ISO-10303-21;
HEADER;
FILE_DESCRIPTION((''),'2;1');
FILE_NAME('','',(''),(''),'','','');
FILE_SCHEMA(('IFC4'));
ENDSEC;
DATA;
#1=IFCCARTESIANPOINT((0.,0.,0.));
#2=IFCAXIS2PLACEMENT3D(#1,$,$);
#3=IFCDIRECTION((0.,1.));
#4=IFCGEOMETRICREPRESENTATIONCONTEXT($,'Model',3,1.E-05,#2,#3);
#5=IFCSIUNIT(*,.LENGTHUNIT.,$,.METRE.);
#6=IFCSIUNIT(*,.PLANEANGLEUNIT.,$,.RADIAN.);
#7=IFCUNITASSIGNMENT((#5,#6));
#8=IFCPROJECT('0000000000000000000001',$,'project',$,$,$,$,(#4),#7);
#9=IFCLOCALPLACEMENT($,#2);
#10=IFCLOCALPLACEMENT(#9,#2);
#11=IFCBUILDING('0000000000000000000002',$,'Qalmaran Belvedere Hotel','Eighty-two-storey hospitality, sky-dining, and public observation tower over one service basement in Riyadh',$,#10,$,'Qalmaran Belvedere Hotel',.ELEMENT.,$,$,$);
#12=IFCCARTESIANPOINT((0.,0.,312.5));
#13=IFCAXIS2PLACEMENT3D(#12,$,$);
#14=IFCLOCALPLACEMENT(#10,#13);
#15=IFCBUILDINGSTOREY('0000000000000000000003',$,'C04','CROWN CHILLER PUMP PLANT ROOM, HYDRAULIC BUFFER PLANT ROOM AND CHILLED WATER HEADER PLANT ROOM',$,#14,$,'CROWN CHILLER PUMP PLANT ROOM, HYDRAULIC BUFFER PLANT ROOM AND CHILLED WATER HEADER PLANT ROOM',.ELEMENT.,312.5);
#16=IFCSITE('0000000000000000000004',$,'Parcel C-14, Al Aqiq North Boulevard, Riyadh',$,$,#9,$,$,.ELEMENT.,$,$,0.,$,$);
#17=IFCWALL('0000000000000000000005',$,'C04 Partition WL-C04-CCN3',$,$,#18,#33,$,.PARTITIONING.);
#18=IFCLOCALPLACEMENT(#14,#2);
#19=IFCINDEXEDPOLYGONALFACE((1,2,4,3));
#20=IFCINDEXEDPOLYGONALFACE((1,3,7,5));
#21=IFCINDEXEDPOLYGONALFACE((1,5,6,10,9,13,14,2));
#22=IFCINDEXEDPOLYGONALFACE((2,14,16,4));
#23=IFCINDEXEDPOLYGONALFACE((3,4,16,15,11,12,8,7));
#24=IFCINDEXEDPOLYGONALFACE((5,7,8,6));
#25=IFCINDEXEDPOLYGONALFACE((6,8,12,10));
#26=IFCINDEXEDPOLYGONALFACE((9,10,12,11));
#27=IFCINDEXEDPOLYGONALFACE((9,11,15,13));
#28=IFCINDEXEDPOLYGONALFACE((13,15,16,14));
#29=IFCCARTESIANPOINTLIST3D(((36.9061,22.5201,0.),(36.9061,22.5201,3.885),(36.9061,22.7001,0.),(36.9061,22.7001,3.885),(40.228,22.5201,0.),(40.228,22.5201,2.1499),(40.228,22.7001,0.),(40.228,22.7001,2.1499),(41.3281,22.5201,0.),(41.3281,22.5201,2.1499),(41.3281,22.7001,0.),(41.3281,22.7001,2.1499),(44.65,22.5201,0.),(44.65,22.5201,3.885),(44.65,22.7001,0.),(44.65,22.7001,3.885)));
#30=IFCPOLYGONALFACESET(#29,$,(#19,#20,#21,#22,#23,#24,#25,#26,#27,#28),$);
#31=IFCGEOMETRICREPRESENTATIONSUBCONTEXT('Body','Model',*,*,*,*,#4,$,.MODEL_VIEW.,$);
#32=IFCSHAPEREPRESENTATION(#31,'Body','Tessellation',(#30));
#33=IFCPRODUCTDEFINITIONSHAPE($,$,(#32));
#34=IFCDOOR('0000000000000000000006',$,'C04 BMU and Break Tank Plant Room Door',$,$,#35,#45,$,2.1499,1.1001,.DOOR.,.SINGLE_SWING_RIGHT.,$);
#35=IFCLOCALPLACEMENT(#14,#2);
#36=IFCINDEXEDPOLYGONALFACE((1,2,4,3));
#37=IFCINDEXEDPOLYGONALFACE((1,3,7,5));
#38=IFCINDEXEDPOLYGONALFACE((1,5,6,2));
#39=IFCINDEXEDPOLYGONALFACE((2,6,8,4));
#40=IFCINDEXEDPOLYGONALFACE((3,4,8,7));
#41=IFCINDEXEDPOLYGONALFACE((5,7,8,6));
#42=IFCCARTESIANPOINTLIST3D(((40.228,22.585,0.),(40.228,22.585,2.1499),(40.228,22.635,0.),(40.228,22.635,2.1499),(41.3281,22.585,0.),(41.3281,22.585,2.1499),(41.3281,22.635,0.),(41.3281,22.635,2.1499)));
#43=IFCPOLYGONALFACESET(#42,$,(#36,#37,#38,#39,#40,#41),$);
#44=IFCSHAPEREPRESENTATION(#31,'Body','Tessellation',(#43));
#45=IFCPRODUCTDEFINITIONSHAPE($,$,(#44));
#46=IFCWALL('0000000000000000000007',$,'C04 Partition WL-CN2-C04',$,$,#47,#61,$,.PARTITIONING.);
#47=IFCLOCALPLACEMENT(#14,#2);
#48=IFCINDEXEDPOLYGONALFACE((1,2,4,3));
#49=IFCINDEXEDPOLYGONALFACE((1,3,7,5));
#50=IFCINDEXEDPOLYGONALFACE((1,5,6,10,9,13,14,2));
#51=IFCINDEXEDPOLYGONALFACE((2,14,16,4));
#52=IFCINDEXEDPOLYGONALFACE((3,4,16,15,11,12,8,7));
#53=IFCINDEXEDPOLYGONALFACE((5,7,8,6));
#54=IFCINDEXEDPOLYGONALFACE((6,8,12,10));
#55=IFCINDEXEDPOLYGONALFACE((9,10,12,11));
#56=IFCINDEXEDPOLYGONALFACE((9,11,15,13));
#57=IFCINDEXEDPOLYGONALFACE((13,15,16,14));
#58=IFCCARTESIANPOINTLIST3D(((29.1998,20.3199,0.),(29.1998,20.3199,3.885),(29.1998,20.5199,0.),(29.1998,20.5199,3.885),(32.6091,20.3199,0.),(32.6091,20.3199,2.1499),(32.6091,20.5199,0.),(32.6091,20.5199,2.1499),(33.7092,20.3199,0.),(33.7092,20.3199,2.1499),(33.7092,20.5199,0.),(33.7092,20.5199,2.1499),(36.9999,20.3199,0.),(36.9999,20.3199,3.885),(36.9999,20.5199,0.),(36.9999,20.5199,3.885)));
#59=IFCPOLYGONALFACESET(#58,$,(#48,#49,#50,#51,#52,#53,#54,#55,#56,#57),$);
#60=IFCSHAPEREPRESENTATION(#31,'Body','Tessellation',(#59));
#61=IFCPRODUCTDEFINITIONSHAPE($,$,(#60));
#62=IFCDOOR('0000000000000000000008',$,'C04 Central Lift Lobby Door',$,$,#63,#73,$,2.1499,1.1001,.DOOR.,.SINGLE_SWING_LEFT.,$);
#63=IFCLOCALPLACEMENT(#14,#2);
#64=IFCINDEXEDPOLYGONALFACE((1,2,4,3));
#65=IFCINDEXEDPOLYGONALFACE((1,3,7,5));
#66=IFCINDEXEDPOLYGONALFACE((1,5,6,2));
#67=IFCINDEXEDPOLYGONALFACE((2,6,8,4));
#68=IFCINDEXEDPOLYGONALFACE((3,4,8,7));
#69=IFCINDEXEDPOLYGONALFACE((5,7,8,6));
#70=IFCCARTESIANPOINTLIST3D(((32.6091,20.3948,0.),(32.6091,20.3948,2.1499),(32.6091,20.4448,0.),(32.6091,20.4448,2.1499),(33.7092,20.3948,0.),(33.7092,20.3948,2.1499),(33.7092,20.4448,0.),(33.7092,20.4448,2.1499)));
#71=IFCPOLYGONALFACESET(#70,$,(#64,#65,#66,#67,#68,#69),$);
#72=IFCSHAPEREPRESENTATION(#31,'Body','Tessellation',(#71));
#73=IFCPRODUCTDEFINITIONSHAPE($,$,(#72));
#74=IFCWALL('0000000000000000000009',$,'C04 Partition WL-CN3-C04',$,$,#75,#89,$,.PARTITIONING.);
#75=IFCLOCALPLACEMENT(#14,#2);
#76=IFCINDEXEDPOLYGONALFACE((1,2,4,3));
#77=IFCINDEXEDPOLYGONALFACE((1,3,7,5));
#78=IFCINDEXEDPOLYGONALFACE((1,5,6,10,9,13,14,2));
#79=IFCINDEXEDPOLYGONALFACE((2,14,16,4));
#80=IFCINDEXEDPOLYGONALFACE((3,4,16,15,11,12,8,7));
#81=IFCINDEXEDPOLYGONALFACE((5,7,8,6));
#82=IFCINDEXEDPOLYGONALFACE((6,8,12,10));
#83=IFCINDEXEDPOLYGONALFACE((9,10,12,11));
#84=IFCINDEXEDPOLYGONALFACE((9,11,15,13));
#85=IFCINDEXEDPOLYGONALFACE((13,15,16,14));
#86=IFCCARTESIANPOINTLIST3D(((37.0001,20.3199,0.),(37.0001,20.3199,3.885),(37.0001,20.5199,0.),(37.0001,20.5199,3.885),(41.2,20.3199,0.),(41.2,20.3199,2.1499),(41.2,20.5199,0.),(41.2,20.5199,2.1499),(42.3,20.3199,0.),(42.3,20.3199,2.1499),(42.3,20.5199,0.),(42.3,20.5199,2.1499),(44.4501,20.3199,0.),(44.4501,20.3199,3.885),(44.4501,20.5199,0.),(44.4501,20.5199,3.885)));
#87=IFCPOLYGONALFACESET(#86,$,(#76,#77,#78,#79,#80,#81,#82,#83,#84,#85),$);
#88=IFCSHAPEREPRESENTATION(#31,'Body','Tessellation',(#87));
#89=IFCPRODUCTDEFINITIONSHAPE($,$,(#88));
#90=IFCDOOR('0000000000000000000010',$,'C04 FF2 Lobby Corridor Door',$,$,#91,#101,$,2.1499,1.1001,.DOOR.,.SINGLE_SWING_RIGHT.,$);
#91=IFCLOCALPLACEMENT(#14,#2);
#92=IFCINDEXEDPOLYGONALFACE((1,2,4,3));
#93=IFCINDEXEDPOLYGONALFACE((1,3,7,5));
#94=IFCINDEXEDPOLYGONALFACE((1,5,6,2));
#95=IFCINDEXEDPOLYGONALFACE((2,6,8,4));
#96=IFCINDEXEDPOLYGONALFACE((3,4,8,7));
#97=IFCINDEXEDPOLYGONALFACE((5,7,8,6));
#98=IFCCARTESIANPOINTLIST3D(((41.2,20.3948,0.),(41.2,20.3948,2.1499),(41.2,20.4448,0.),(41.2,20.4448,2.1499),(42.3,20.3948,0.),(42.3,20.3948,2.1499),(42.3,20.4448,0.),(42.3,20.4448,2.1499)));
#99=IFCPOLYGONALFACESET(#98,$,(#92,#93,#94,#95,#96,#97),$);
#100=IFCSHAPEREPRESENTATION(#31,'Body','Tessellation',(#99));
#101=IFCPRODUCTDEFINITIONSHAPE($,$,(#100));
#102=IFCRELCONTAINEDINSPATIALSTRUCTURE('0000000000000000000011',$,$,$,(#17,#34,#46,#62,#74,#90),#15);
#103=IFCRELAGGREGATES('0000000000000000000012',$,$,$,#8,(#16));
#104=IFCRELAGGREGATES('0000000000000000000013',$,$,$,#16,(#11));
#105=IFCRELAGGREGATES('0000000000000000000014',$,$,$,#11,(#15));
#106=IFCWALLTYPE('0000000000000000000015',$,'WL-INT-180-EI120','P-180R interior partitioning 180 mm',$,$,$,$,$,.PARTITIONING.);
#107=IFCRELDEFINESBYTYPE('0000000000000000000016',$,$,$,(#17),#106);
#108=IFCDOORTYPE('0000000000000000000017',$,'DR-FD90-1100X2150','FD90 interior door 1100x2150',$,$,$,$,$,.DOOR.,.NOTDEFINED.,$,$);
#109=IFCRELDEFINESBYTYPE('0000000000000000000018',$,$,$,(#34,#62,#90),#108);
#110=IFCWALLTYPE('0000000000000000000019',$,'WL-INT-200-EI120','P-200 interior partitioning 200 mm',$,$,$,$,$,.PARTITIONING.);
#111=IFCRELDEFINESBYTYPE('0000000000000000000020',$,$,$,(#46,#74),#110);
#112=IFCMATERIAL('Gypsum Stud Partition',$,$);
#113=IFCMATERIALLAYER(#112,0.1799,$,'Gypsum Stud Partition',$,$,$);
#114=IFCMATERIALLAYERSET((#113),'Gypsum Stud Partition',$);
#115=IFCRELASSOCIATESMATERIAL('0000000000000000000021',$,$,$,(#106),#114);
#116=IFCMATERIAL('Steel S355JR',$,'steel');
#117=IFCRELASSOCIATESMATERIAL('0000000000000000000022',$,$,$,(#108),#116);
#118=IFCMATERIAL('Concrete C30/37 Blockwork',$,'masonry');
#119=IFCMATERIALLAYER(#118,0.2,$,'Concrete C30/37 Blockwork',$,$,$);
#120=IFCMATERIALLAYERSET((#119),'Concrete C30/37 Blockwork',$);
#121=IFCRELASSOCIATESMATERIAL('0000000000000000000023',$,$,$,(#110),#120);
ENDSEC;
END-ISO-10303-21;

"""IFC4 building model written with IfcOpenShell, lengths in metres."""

from ifc_helpers import new_model, si_unit, direction, frame, frame_2d, origin, place, context, subcontext, project, spatial, rectangle, extrude, material, layer, layer_set, type_object, element, fill, save


model = new_model("IFC4")

# Units and contexts
model_context = context("Model", 3, precision=1e-05, world=origin(), true_north=direction((0.0, 1.0)))
body_context = subcontext(model_context, "Body", "Model", "MODEL_VIEW")
ifc_project = project(units=[si_unit("LENGTHUNIT", "METRE"), si_unit("PLANEANGLEUNIT", "RADIAN")], contexts=[model_context])

# Site, building, storey
site_placement = place(None, origin())
site = spatial("IfcSite", under=ifc_project, at=site_placement, Name="Parcel C-14, Al Aqiq North Boulevard, Riyadh", CompositionType="ELEMENT", RefElevation=0.0)
building_placement = place(site_placement, origin())
building = spatial("IfcBuilding", under=site, at=building_placement, Name="Qalmaran Belvedere Hotel", Description="Eighty-two-storey hospitality, sky-dining, and public observation tower over one service basement in Riyadh", LongName="Qalmaran Belvedere Hotel", CompositionType="ELEMENT")
storey_placement = place(building_placement, frame((0.0, 0.0, 312.5)))
storey = spatial("IfcBuildingStorey", under=building, at=storey_placement, Name="C04", Description="CROWN CHILLER PUMP PLANT ROOM, HYDRAULIC BUFFER PLANT ROOM AND CHILLED WATER HEADER PLANT ROOM", LongName="CROWN CHILLER PUMP PLANT ROOM, HYDRAULIC BUFFER PLANT ROOM AND CHILLED WATER HEADER PLANT ROOM", CompositionType="ELEMENT", Elevation=312.5)

# Shared definitions
ifc_material_1 = material(Name="Gypsum Stud Partition")

# Walls, openings, doors
ifc_layer_1 = layer(ifc_material_1, 0.1799, Name="Gypsum Stud Partition")
ifc_layer_set_1 = layer_set([ifc_layer_1], Name="Gypsum Stud Partition")
wall_type_1 = type_object("IfcWallType", Name="WL-INT-180-EI120", Description="P-180R interior partitioning 180 mm", PredefinedType="PARTITIONING", material=ifc_layer_set_1)
wall_1_placement = place(storey_placement, frame((36.906, 22.6101, 0.0), z_axis=(0.0, 0.0, 1.0), x_axis=(1.0, 0.0, 0.0)))
wall_1 = element("IfcWall", 1, at=wall_1_placement, inside=storey, type_object=wall_type_1, Name="C04 Partition WL-C04-CCN3", PredefinedType="PARTITIONING", context=body_context, shape_type="SweptSolid", body=[
    extrude(rectangle(XDim=7.7439, YDim=0.1799, at=frame_2d((3.8721, 0.0))), origin(), (0.0, 0.0, 1.0), 3.885),
])
opening_1_placement = place(wall_1_placement, frame((3.322, 0.0, 0.0)))
opening_1 = element("IfcOpeningElement", 2, at=opening_1_placement, cuts=wall_1, PredefinedType="OPENING", context=body_context, shape_type="SweptSolid", body=[
    extrude(rectangle(XDim=1.1001, YDim=2.1499, at=frame_2d((0.55, 1.075))), frame((0.0, 0.1001, 0.0), z_axis=(0.0, -1.0, 0.0), x_axis=(1.0, 0.0, 0.0)), (0.0, 0.0, 1.0), 0.2),
])
ifc_material_2 = material(Name="Steel S355JR", Category="steel")
door_type_1 = type_object("IfcDoorType", Name="DR-FD90-1100X2150", Description="FD90 interior door 1100x2150", OperationType="NOTDEFINED", PredefinedType="DOOR", material=ifc_material_2)
door_1_placement = place(opening_1_placement, origin())
door_1 = element("IfcDoor", 3, at=door_1_placement, inside=storey, type_object=door_type_1, Name="C04 BMU and Break Tank Plant Room Door", OperationType="SINGLE_SWING_RIGHT", OverallHeight=2.1499, OverallWidth=1.1001, PredefinedType="DOOR", context=body_context, shape_type="SweptSolid", body=[
    extrude(rectangle(XDim=1.1001, YDim=2.1499, at=frame_2d((0.55, 1.075))), frame((0.0, 0.0249, 0.0), z_axis=(0.0, -1.0, 0.0), x_axis=(1.0, 0.0, 0.0)), (0.0, 0.0, 1.0), 0.05),
])
fill(opening_1, door_1)
ifc_material_3 = material(Name="Concrete C30/37 Blockwork", Category="masonry")
ifc_layer_2 = layer(ifc_material_3, 0.2, Name="Concrete C30/37 Blockwork")
ifc_layer_set_2 = layer_set([ifc_layer_2], Name="Concrete C30/37 Blockwork")
wall_type_2 = type_object("IfcWallType", Name="WL-INT-200-EI120", Description="P-200 interior partitioning 200 mm", PredefinedType="PARTITIONING", material=ifc_layer_set_2)
wall_2_placement = place(storey_placement, frame((29.2, 20.4199, 0.0), z_axis=(0.0, 0.0, 1.0), x_axis=(1.0, 0.0, 0.0)))
wall_2 = element("IfcWall", 4, at=wall_2_placement, inside=storey, type_object=wall_type_2, Name="C04 Partition WL-CN2-C04", PredefinedType="PARTITIONING", context=body_context, shape_type="SweptSolid", body=[
    extrude(rectangle(XDim=7.8, YDim=0.2, at=frame_2d((3.8999, 0.0))), origin(), (0.0, 0.0, 1.0), 3.885),
])
opening_2_placement = place(wall_2_placement, frame((3.4092, 0.0, 0.0)))
opening_2 = element("IfcOpeningElement", 5, at=opening_2_placement, cuts=wall_2, PredefinedType="OPENING", context=body_context, shape_type="SweptSolid", body=[
    extrude(rectangle(XDim=1.1001, YDim=2.1499, at=frame_2d((0.55, 1.075))), frame((0.0, 0.1099, 0.0), z_axis=(0.0, -1.0, 0.0), x_axis=(1.0, 0.0, 0.0)), (0.0, 0.0, 1.0), 0.22),
])
door_2_placement = place(opening_2_placement, origin())
door_2 = element("IfcDoor", 6, at=door_2_placement, inside=storey, type_object=door_type_1, Name="C04 Central Lift Lobby Door", OperationType="SINGLE_SWING_LEFT", OverallHeight=2.1499, OverallWidth=1.1001, PredefinedType="DOOR", context=body_context, shape_type="SweptSolid", body=[
    extrude(rectangle(XDim=1.1001, YDim=2.1499, at=frame_2d((0.55, 1.075))), frame((0.0, 0.0249, 0.0), z_axis=(0.0, -1.0, 0.0), x_axis=(1.0, 0.0, 0.0)), (0.0, 0.0, 1.0), 0.05),
])
fill(opening_2, door_2)
wall_3_placement = place(storey_placement, frame((37.0, 20.4199, 0.0), z_axis=(0.0, 0.0, 1.0), x_axis=(1.0, 0.0, 0.0)))
wall_3 = element("IfcWall", 7, at=wall_3_placement, inside=storey, type_object=wall_type_2, Name="C04 Partition WL-CN3-C04", PredefinedType="PARTITIONING", context=body_context, shape_type="SweptSolid", body=[
    extrude(rectangle(XDim=7.45, YDim=0.2, at=frame_2d((3.7251, 0.0))), origin(), (0.0, 0.0, 1.0), 3.885),
])
opening_3_placement = place(wall_3_placement, frame((4.2, 0.0, 0.0)))
opening_3 = element("IfcOpeningElement", 8, at=opening_3_placement, cuts=wall_3, PredefinedType="OPENING", context=body_context, shape_type="SweptSolid", body=[
    extrude(rectangle(XDim=1.1001, YDim=2.1499, at=frame_2d((0.55, 1.075))), frame((0.0, 0.1099, 0.0), z_axis=(0.0, -1.0, 0.0), x_axis=(1.0, 0.0, 0.0)), (0.0, 0.0, 1.0), 0.22),
])
door_3_placement = place(opening_3_placement, origin())
door_3 = element("IfcDoor", 9, at=door_3_placement, inside=storey, type_object=door_type_1, Name="C04 FF2 Lobby Corridor Door", OperationType="SINGLE_SWING_RIGHT", OverallHeight=2.1499, OverallWidth=1.1001, PredefinedType="DOOR", context=body_context, shape_type="SweptSolid", body=[
    extrude(rectangle(XDim=1.1001, YDim=2.1499, at=frame_2d((0.55, 1.075))), frame((0.0, 0.0249, 0.0), z_axis=(0.0, -1.0, 0.0), x_axis=(1.0, 0.0, 0.0)), (0.0, 0.0, 1.0), 0.05),
])
fill(opening_3, door_3)

save(model, "model.ifc")
